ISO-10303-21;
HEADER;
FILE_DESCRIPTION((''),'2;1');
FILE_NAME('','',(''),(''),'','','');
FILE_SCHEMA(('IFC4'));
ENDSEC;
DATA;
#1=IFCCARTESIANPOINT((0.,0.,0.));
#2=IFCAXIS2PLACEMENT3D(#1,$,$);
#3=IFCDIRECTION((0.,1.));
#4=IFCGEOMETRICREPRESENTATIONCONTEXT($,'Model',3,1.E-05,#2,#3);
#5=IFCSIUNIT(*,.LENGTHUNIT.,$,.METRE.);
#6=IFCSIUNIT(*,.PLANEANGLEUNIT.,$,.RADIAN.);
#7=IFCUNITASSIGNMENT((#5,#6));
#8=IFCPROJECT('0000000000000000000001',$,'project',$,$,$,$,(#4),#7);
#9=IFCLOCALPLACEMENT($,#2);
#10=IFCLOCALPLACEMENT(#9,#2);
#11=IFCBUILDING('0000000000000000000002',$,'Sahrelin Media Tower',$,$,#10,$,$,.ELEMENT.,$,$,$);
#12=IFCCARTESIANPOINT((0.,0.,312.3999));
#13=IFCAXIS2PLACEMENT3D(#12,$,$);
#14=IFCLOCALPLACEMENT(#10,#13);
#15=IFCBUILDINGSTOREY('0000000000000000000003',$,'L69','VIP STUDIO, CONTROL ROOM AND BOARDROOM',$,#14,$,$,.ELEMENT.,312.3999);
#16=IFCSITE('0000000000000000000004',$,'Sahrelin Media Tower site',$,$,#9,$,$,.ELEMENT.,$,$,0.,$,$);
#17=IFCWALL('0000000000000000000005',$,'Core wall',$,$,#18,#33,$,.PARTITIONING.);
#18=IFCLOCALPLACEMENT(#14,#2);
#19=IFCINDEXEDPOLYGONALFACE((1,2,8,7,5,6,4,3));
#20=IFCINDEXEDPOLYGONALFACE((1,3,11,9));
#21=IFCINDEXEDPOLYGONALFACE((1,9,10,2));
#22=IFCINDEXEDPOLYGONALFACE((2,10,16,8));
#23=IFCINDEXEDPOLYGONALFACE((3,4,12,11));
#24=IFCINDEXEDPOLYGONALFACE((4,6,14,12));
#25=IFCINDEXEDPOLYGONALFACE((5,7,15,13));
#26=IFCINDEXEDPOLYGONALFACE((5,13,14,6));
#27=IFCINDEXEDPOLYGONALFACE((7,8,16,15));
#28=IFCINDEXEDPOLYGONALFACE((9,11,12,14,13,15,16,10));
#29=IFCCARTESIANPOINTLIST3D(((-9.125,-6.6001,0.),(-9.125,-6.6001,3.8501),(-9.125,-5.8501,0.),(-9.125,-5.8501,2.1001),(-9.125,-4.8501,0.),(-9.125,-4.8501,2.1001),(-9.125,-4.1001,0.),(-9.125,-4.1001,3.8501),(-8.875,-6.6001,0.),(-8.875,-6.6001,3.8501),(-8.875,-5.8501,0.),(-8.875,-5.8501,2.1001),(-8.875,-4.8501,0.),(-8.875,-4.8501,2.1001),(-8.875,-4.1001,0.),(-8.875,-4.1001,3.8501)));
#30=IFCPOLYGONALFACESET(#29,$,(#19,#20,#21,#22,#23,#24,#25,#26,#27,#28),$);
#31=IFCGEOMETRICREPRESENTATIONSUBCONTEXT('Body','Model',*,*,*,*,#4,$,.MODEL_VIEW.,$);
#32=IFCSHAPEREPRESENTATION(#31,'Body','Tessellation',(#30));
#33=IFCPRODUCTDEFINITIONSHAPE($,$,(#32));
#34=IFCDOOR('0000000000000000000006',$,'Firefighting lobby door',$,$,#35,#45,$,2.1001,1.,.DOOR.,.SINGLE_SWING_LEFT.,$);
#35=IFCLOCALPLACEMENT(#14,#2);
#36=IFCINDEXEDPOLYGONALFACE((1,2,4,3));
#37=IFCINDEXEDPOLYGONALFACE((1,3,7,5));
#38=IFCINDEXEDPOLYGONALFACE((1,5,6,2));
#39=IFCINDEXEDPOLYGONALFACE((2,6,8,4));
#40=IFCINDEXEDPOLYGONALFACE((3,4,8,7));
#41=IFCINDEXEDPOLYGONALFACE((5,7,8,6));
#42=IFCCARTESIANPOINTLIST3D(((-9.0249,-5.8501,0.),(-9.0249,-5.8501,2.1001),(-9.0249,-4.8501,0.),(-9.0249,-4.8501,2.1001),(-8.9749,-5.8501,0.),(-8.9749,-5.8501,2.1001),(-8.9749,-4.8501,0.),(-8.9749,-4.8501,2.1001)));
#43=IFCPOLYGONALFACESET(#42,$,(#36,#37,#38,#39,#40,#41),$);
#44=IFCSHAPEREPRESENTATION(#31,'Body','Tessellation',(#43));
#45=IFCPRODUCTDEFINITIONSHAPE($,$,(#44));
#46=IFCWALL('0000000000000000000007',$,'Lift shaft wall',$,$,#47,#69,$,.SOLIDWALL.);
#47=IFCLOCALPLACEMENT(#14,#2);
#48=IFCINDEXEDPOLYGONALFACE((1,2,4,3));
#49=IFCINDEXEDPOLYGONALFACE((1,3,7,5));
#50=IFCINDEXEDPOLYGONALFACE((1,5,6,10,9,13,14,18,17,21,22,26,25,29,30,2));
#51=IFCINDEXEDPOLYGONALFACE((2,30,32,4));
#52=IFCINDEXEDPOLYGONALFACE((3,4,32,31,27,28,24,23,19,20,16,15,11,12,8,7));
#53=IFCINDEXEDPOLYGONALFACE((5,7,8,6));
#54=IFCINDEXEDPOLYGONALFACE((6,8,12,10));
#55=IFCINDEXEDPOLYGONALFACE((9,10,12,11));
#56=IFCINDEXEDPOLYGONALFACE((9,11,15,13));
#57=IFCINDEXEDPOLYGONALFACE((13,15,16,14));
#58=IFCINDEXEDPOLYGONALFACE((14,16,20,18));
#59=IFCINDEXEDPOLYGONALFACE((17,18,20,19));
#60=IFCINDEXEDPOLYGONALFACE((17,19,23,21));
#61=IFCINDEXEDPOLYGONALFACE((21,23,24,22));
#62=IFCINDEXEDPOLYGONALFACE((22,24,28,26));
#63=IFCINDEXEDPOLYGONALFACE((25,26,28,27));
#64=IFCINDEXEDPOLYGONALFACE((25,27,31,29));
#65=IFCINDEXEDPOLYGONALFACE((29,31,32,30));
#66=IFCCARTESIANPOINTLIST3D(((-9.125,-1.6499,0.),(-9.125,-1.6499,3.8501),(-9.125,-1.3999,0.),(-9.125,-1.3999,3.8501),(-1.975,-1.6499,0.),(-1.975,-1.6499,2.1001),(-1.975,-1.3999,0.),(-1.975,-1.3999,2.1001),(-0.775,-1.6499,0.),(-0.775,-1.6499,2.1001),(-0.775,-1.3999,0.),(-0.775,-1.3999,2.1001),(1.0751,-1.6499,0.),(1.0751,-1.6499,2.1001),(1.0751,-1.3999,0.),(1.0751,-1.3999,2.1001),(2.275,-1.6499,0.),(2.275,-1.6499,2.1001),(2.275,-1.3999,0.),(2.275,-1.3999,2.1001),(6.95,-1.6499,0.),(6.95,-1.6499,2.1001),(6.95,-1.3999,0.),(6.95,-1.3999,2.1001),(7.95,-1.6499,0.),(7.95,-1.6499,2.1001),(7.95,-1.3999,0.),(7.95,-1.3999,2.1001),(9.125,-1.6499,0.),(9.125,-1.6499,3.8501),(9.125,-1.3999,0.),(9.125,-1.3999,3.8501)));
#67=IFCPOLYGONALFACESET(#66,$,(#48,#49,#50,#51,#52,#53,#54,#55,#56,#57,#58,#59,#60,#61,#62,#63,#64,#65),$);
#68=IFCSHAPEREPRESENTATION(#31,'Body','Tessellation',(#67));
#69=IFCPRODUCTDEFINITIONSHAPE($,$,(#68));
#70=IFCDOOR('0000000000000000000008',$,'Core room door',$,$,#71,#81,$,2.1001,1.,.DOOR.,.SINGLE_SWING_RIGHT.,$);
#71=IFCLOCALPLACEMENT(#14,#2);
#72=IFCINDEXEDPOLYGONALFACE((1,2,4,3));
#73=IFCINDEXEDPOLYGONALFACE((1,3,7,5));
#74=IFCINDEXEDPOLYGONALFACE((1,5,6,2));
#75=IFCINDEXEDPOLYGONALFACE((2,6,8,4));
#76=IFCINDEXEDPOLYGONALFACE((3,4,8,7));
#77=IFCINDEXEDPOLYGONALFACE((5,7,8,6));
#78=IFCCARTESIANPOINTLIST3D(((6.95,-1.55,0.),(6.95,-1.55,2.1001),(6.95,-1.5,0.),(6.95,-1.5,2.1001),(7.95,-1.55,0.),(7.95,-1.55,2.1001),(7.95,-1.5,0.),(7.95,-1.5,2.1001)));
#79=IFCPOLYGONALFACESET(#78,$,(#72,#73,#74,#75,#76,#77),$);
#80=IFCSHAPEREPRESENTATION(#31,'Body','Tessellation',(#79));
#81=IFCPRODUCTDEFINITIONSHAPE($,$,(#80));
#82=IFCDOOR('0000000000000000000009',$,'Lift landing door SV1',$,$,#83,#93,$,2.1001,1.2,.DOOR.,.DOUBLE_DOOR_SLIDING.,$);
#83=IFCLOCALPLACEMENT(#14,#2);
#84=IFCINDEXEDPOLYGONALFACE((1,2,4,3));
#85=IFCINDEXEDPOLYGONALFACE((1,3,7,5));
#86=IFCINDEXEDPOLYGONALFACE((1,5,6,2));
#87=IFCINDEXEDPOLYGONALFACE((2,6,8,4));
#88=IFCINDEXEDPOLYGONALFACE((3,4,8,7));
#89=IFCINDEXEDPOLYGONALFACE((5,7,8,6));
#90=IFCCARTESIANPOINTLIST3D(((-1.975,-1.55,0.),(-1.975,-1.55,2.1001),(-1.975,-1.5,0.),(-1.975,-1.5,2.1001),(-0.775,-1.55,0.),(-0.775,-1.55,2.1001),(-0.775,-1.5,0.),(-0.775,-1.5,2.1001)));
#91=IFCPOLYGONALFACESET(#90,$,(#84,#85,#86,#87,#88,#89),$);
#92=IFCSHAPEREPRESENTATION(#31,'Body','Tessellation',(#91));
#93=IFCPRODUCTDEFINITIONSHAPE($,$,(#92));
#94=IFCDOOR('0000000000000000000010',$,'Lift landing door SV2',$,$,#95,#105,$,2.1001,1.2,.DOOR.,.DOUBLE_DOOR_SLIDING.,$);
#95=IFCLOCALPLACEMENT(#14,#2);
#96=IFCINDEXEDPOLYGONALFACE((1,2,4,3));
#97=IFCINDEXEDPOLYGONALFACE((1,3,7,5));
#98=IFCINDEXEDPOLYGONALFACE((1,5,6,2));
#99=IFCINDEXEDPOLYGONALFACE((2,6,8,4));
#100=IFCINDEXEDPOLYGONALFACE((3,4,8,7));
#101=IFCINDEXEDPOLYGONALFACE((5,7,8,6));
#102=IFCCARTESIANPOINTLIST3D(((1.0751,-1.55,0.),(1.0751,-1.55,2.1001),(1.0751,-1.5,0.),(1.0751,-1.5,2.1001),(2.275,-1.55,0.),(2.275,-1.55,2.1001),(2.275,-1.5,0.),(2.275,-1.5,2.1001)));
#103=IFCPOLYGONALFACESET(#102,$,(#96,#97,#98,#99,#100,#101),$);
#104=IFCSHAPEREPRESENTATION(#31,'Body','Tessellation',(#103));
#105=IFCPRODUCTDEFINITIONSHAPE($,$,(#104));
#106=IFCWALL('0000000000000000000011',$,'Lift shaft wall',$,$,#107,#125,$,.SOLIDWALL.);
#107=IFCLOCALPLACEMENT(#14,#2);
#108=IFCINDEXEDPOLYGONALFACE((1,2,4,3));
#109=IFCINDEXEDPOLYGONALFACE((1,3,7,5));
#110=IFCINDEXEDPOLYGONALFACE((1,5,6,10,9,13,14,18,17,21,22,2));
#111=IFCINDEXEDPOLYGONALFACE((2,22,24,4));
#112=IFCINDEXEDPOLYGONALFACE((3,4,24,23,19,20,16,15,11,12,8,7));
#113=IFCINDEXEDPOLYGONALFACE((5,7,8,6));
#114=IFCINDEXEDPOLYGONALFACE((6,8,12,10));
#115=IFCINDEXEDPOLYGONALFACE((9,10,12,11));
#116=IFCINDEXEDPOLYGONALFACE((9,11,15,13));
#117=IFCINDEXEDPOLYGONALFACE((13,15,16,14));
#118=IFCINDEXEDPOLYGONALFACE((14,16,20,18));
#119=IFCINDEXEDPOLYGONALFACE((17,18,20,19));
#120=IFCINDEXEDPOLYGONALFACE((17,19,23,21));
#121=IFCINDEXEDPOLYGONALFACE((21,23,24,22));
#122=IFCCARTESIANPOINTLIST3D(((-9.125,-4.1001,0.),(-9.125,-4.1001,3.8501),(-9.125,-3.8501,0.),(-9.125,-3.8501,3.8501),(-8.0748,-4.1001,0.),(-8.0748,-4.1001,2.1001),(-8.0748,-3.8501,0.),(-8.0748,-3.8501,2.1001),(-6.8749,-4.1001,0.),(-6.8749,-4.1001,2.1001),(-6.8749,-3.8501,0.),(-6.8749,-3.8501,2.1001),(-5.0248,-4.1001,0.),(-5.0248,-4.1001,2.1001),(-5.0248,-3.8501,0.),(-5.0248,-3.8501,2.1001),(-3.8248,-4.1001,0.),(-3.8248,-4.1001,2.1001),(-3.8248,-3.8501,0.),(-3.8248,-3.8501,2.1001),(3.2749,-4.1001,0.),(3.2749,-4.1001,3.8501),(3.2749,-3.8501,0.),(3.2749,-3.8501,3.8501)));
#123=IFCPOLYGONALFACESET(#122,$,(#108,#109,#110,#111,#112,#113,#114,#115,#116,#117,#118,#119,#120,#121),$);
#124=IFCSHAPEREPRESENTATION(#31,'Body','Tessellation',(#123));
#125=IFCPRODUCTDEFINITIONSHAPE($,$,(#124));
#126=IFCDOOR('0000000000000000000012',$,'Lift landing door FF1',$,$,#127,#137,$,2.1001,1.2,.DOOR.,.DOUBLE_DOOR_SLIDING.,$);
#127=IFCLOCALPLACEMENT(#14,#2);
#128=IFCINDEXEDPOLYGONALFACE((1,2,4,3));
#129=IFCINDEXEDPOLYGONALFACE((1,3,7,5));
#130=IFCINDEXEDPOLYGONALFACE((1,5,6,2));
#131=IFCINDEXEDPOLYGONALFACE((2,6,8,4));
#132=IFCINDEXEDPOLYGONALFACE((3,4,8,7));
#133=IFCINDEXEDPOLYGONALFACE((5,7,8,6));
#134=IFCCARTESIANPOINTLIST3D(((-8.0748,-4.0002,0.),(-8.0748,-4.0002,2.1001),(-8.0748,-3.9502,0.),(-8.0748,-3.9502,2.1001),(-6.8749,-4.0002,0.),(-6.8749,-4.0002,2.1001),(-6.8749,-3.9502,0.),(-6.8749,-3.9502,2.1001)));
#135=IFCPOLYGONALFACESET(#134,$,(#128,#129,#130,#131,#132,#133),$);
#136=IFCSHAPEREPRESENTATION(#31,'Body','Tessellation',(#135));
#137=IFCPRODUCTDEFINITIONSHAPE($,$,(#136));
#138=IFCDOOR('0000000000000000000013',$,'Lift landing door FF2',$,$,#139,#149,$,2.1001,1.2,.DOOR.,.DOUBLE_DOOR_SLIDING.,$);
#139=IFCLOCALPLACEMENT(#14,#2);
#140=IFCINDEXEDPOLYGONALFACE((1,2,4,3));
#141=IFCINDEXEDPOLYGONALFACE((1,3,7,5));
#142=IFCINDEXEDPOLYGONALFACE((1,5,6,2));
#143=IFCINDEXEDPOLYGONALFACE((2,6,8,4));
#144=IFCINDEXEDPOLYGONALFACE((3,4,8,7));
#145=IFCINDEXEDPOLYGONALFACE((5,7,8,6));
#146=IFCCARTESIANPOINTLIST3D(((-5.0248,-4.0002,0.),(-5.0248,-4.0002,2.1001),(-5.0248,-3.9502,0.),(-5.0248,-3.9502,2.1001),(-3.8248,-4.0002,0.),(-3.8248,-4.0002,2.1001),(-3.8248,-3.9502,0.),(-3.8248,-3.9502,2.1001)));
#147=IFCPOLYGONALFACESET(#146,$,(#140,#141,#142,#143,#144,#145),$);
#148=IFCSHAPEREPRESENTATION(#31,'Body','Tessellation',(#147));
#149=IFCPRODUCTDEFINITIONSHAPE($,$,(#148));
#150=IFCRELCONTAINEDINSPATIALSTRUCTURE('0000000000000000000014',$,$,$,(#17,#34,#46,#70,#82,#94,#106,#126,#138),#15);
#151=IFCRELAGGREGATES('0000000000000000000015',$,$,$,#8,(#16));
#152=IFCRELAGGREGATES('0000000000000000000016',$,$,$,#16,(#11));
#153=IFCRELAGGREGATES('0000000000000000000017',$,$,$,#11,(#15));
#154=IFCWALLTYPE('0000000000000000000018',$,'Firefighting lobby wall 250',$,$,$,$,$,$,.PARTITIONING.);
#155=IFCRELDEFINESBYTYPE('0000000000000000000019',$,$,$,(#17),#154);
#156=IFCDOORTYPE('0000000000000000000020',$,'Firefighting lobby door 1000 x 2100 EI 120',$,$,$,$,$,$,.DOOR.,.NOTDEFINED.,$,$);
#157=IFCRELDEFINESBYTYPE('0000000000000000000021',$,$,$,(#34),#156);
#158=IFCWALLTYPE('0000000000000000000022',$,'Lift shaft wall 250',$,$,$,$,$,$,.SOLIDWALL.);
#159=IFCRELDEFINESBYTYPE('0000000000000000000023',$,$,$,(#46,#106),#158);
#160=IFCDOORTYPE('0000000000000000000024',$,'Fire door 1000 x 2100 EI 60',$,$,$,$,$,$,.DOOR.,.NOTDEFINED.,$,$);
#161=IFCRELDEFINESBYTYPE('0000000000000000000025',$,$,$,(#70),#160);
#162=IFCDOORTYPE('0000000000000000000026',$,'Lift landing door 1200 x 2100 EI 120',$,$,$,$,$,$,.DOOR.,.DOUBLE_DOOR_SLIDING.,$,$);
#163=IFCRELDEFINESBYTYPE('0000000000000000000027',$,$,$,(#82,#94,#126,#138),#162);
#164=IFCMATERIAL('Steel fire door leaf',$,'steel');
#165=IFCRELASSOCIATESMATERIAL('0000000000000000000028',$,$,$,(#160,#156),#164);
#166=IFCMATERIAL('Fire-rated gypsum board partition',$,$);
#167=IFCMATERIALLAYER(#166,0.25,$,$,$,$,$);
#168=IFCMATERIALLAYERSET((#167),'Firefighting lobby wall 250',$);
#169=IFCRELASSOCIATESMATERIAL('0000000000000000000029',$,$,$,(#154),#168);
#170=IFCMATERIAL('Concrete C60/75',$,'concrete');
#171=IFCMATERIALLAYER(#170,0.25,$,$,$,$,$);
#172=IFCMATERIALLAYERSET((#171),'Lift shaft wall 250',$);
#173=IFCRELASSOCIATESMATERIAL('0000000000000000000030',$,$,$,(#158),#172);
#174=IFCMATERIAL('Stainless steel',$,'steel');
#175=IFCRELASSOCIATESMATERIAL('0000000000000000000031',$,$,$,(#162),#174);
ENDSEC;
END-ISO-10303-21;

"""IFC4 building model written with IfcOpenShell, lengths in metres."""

from ifc_helpers import new_model, si_unit, direction, frame, frame_2d, origin, place, context, subcontext, project, spatial, rectangle, extrude, material, layer, layer_set, type_object, element, fill, save


model = new_model("IFC4")

# Units and contexts
model_context = context("Model", 3, precision=1e-05, world=origin(), true_north=direction((0.0, 1.0)))
body_context = subcontext(model_context, "Body", "Model", "MODEL_VIEW")
ifc_project = project(units=[si_unit("LENGTHUNIT", "METRE"), si_unit("PLANEANGLEUNIT", "RADIAN")], contexts=[model_context])

# Site, building, storey
site_placement = place(None, origin())
site = spatial("IfcSite", under=ifc_project, at=site_placement, Name="Sahrelin Media Tower site", CompositionType="ELEMENT", RefElevation=0.0)
building_placement = place(site_placement, origin())
building = spatial("IfcBuilding", under=site, at=building_placement, Name="Sahrelin Media Tower", CompositionType="ELEMENT")
storey_placement = place(building_placement, frame((0.0, 0.0, 312.3999)))
storey = spatial("IfcBuildingStorey", under=building, at=storey_placement, Name="L69", Description="VIP STUDIO, CONTROL ROOM AND BOARDROOM", CompositionType="ELEMENT", Elevation=312.3999)

# Shared definitions
ifc_material_1 = material(Name="Concrete C60/75", Category="concrete")

# Shared definitions
ifc_material_2 = material(Name="Steel fire door leaf", Category="steel")
door_type_1 = type_object("IfcDoorType", Name="Fire door 1000 x 2100 EI 60", OperationType="NOTDEFINED", PredefinedType="DOOR", material=ifc_material_2)

# Shared definitions
ifc_material_3 = material(Name="Fire-rated gypsum board partition")

# Wall, opening, door
ifc_layer_1 = layer(ifc_material_3, 0.25)
ifc_layer_set_1 = layer_set([ifc_layer_1], Name="Firefighting lobby wall 250")
wall_type_1 = type_object("IfcWallType", Name="Firefighting lobby wall 250", PredefinedType="PARTITIONING", material=ifc_layer_set_1)
wall_1_placement = place(storey_placement, frame((-9.0, -6.6001, 0.0), z_axis=(0.0, 0.0, 1.0), x_axis=(0.0, 1.0, 0.0)))
wall_1 = element("IfcWall", 1, at=wall_1_placement, inside=storey, type_object=wall_type_1, Name="Core wall", PredefinedType="PARTITIONING", context=body_context, shape_type="SweptSolid", body=[
    extrude(rectangle(XDim=2.5, YDim=0.25, at=frame_2d((1.25, 0.0))), origin(), (0.0, 0.0, 1.0), 3.8501),
])
opening_1_placement = place(wall_1_placement, frame((0.75, 0.0, 0.0)))
opening_1 = element("IfcOpeningElement", 2, at=opening_1_placement, cuts=wall_1, PredefinedType="OPENING", context=body_context, shape_type="SweptSolid", body=[
    extrude(rectangle(XDim=1.0, YDim=2.1001, at=frame_2d((0.5, 1.05))), frame((0.0, 0.125, 0.0), z_axis=(0.0, -1.0, 0.0), x_axis=(1.0, 0.0, 0.0)), (0.0, 0.0, 1.0), 0.25),
])
door_type_2 = type_object("IfcDoorType", Name="Firefighting lobby door 1000 x 2100 EI 120", OperationType="NOTDEFINED", PredefinedType="DOOR", material=ifc_material_2)
door_1_placement = place(opening_1_placement, origin())
door_1 = element("IfcDoor", 3, at=door_1_placement, inside=storey, type_object=door_type_2, Name="Firefighting lobby door", OperationType="SINGLE_SWING_LEFT", OverallHeight=2.1001, OverallWidth=1.0, PredefinedType="DOOR", context=body_context, shape_type="SweptSolid", body=[
    extrude(rectangle(XDim=1.0, YDim=2.1001, at=frame_2d((0.5, 1.05))), frame((0.0, 0.0249, 0.0), z_axis=(0.0, -1.0, 0.0), x_axis=(1.0, 0.0, 0.0)), (0.0, 0.0, 1.0), 0.05),
])
fill(opening_1, door_1)

# Walls, openings, doors
ifc_layer_2 = layer(ifc_material_1, 0.25)
ifc_layer_set_2 = layer_set([ifc_layer_2], Name="Lift shaft wall 250")
wall_type_2 = type_object("IfcWallType", Name="Lift shaft wall 250", PredefinedType="SOLIDWALL", material=ifc_layer_set_2)
wall_2_placement = place(storey_placement, frame((-9.125, -1.5249, 0.0), z_axis=(0.0, 0.0, 1.0), x_axis=(1.0, 0.0, 0.0)))
wall_2 = element("IfcWall", 4, at=wall_2_placement, inside=storey, type_object=wall_type_2, Name="Lift shaft wall", PredefinedType="SOLIDWALL", context=body_context, shape_type="SweptSolid", body=[
    extrude(rectangle(XDim=18.25, YDim=0.25, at=frame_2d((9.125, 0.0))), origin(), (0.0, 0.0, 1.0), 3.8501),
])
opening_2_placement = place(wall_2_placement, frame((7.1499, 0.0, 0.0)))
opening_2 = element("IfcOpeningElement", 5, at=opening_2_placement, cuts=wall_2, PredefinedType="OPENING", context=body_context, shape_type="SweptSolid", body=[
    extrude(rectangle(XDim=1.2, YDim=2.1001, at=frame_2d((0.6001, 1.05))), frame((0.0, 0.125, 0.0), z_axis=(0.0, -1.0, 0.0), x_axis=(1.0, 0.0, 0.0)), (0.0, 0.0, 1.0), 0.25),
])
opening_3_placement = place(wall_2_placement, frame((10.2, 0.0, 0.0)))
opening_3 = element("IfcOpeningElement", 6, at=opening_3_placement, cuts=wall_2, PredefinedType="OPENING", context=body_context, shape_type="SweptSolid", body=[
    extrude(rectangle(XDim=1.2, YDim=2.1001, at=frame_2d((0.6001, 1.05))), frame((0.0, 0.125, 0.0), z_axis=(0.0, -1.0, 0.0), x_axis=(1.0, 0.0, 0.0)), (0.0, 0.0, 1.0), 0.25),
])
opening_4_placement = place(wall_2_placement, frame((16.075, 0.0, 0.0)))
opening_4 = element("IfcOpeningElement", 7, at=opening_4_placement, cuts=wall_2, PredefinedType="OPENING", context=body_context, shape_type="SweptSolid", body=[
    extrude(rectangle(XDim=1.0, YDim=2.1001, at=frame_2d((0.5, 1.05))), frame((0.0, 0.125, 0.0), z_axis=(0.0, -1.0, 0.0), x_axis=(1.0, 0.0, 0.0)), (0.0, 0.0, 1.0), 0.25),
])
door_2_placement = place(opening_4_placement, origin())
door_2 = element("IfcDoor", 8, at=door_2_placement, inside=storey, type_object=door_type_1, Name="Core room door", OperationType="SINGLE_SWING_RIGHT", OverallHeight=2.1001, OverallWidth=1.0, PredefinedType="DOOR", context=body_context, shape_type="SweptSolid", body=[
    extrude(rectangle(XDim=1.0, YDim=2.1001, at=frame_2d((0.5, 1.05))), frame((0.0, 0.0249, 0.0), z_axis=(0.0, -1.0, 0.0), x_axis=(1.0, 0.0, 0.0)), (0.0, 0.0, 1.0), 0.05),
])
fill(opening_4, door_2)
ifc_material_4 = material(Name="Stainless steel", Category="steel")
door_type_3 = type_object("IfcDoorType", Name="Lift landing door 1200 x 2100 EI 120", OperationType="DOUBLE_DOOR_SLIDING", PredefinedType="DOOR", material=ifc_material_4)
door_3_placement = place(opening_2_placement, origin())
door_3 = element("IfcDoor", 9, at=door_3_placement, inside=storey, type_object=door_type_3, Name="Lift landing door SV1", OperationType="DOUBLE_DOOR_SLIDING", OverallHeight=2.1001, OverallWidth=1.2, PredefinedType="DOOR", context=body_context, shape_type="SweptSolid", body=[
    extrude(rectangle(XDim=1.2, YDim=2.1001, at=frame_2d((0.6001, 1.05))), frame((0.0, 0.0249, 0.0), z_axis=(0.0, -1.0, 0.0), x_axis=(1.0, 0.0, 0.0)), (0.0, 0.0, 1.0), 0.05),
])
fill(opening_2, door_3)
door_4_placement = place(opening_3_placement, origin())
door_4 = element("IfcDoor", 10, at=door_4_placement, inside=storey, type_object=door_type_3, Name="Lift landing door SV2", OperationType="DOUBLE_DOOR_SLIDING", OverallHeight=2.1001, OverallWidth=1.2, PredefinedType="DOOR", context=body_context, shape_type="SweptSolid", body=[
    extrude(rectangle(XDim=1.2, YDim=2.1001, at=frame_2d((0.6001, 1.05))), frame((0.0, 0.0249, 0.0), z_axis=(0.0, -1.0, 0.0), x_axis=(1.0, 0.0, 0.0)), (0.0, 0.0, 1.0), 0.05),
])
fill(opening_3, door_4)
wall_3_placement = place(storey_placement, frame((-9.125, -3.9751, 0.0), z_axis=(0.0, 0.0, 1.0), x_axis=(1.0, 0.0, 0.0)))
wall_3 = element("IfcWall", 11, at=wall_3_placement, inside=storey, type_object=wall_type_2, Name="Lift shaft wall", PredefinedType="SOLIDWALL", context=body_context, shape_type="SweptSolid", body=[
    extrude(rectangle(XDim=12.3999, YDim=0.25, at=frame_2d((6.2, 0.0))), origin(), (0.0, 0.0, 1.0), 3.8501),
])
opening_5_placement = place(wall_3_placement, frame((1.05, 0.0, 0.0)))
opening_5 = element("IfcOpeningElement", 12, at=opening_5_placement, cuts=wall_3, PredefinedType="OPENING", context=body_context, shape_type="SweptSolid", body=[
    extrude(rectangle(XDim=1.2, YDim=2.1001, at=frame_2d((0.6001, 1.05))), frame((0.0, 0.125, 0.0), z_axis=(0.0, -1.0, 0.0), x_axis=(1.0, 0.0, 0.0)), (0.0, 0.0, 1.0), 0.25),
])
opening_6_placement = place(wall_3_placement, frame((4.1001, 0.0, 0.0)))
opening_6 = element("IfcOpeningElement", 13, at=opening_6_placement, cuts=wall_3, PredefinedType="OPENING", context=body_context, shape_type="SweptSolid", body=[
    extrude(rectangle(XDim=1.2, YDim=2.1001, at=frame_2d((0.6001, 1.05))), frame((0.0, 0.125, 0.0), z_axis=(0.0, -1.0, 0.0), x_axis=(1.0, 0.0, 0.0)), (0.0, 0.0, 1.0), 0.25),
])
door_5_placement = place(opening_5_placement, origin())
door_5 = element("IfcDoor", 14, at=door_5_placement, inside=storey, type_object=door_type_3, Name="Lift landing door FF1", OperationType="DOUBLE_DOOR_SLIDING", OverallHeight=2.1001, OverallWidth=1.2, PredefinedType="DOOR", context=body_context, shape_type="SweptSolid", body=[
    extrude(rectangle(XDim=1.2, YDim=2.1001, at=frame_2d((0.6001, 1.05))), frame((0.0, 0.0249, 0.0), z_axis=(0.0, -1.0, 0.0), x_axis=(1.0, 0.0, 0.0)), (0.0, 0.0, 1.0), 0.05),
])
fill(opening_5, door_5)
door_6_placement = place(opening_6_placement, origin())
door_6 = element("IfcDoor", 15, at=door_6_placement, inside=storey, type_object=door_type_3, Name="Lift landing door FF2", OperationType="DOUBLE_DOOR_SLIDING", OverallHeight=2.1001, OverallWidth=1.2, PredefinedType="DOOR", context=body_context, shape_type="SweptSolid", body=[
    extrude(rectangle(XDim=1.2, YDim=2.1001, at=frame_2d((0.6001, 1.05))), frame((0.0, 0.0249, 0.0), z_axis=(0.0, -1.0, 0.0), x_axis=(1.0, 0.0, 0.0)), (0.0, 0.0, 1.0), 0.05),
])
fill(opening_6, door_6)

save(model, "model.ifc")
